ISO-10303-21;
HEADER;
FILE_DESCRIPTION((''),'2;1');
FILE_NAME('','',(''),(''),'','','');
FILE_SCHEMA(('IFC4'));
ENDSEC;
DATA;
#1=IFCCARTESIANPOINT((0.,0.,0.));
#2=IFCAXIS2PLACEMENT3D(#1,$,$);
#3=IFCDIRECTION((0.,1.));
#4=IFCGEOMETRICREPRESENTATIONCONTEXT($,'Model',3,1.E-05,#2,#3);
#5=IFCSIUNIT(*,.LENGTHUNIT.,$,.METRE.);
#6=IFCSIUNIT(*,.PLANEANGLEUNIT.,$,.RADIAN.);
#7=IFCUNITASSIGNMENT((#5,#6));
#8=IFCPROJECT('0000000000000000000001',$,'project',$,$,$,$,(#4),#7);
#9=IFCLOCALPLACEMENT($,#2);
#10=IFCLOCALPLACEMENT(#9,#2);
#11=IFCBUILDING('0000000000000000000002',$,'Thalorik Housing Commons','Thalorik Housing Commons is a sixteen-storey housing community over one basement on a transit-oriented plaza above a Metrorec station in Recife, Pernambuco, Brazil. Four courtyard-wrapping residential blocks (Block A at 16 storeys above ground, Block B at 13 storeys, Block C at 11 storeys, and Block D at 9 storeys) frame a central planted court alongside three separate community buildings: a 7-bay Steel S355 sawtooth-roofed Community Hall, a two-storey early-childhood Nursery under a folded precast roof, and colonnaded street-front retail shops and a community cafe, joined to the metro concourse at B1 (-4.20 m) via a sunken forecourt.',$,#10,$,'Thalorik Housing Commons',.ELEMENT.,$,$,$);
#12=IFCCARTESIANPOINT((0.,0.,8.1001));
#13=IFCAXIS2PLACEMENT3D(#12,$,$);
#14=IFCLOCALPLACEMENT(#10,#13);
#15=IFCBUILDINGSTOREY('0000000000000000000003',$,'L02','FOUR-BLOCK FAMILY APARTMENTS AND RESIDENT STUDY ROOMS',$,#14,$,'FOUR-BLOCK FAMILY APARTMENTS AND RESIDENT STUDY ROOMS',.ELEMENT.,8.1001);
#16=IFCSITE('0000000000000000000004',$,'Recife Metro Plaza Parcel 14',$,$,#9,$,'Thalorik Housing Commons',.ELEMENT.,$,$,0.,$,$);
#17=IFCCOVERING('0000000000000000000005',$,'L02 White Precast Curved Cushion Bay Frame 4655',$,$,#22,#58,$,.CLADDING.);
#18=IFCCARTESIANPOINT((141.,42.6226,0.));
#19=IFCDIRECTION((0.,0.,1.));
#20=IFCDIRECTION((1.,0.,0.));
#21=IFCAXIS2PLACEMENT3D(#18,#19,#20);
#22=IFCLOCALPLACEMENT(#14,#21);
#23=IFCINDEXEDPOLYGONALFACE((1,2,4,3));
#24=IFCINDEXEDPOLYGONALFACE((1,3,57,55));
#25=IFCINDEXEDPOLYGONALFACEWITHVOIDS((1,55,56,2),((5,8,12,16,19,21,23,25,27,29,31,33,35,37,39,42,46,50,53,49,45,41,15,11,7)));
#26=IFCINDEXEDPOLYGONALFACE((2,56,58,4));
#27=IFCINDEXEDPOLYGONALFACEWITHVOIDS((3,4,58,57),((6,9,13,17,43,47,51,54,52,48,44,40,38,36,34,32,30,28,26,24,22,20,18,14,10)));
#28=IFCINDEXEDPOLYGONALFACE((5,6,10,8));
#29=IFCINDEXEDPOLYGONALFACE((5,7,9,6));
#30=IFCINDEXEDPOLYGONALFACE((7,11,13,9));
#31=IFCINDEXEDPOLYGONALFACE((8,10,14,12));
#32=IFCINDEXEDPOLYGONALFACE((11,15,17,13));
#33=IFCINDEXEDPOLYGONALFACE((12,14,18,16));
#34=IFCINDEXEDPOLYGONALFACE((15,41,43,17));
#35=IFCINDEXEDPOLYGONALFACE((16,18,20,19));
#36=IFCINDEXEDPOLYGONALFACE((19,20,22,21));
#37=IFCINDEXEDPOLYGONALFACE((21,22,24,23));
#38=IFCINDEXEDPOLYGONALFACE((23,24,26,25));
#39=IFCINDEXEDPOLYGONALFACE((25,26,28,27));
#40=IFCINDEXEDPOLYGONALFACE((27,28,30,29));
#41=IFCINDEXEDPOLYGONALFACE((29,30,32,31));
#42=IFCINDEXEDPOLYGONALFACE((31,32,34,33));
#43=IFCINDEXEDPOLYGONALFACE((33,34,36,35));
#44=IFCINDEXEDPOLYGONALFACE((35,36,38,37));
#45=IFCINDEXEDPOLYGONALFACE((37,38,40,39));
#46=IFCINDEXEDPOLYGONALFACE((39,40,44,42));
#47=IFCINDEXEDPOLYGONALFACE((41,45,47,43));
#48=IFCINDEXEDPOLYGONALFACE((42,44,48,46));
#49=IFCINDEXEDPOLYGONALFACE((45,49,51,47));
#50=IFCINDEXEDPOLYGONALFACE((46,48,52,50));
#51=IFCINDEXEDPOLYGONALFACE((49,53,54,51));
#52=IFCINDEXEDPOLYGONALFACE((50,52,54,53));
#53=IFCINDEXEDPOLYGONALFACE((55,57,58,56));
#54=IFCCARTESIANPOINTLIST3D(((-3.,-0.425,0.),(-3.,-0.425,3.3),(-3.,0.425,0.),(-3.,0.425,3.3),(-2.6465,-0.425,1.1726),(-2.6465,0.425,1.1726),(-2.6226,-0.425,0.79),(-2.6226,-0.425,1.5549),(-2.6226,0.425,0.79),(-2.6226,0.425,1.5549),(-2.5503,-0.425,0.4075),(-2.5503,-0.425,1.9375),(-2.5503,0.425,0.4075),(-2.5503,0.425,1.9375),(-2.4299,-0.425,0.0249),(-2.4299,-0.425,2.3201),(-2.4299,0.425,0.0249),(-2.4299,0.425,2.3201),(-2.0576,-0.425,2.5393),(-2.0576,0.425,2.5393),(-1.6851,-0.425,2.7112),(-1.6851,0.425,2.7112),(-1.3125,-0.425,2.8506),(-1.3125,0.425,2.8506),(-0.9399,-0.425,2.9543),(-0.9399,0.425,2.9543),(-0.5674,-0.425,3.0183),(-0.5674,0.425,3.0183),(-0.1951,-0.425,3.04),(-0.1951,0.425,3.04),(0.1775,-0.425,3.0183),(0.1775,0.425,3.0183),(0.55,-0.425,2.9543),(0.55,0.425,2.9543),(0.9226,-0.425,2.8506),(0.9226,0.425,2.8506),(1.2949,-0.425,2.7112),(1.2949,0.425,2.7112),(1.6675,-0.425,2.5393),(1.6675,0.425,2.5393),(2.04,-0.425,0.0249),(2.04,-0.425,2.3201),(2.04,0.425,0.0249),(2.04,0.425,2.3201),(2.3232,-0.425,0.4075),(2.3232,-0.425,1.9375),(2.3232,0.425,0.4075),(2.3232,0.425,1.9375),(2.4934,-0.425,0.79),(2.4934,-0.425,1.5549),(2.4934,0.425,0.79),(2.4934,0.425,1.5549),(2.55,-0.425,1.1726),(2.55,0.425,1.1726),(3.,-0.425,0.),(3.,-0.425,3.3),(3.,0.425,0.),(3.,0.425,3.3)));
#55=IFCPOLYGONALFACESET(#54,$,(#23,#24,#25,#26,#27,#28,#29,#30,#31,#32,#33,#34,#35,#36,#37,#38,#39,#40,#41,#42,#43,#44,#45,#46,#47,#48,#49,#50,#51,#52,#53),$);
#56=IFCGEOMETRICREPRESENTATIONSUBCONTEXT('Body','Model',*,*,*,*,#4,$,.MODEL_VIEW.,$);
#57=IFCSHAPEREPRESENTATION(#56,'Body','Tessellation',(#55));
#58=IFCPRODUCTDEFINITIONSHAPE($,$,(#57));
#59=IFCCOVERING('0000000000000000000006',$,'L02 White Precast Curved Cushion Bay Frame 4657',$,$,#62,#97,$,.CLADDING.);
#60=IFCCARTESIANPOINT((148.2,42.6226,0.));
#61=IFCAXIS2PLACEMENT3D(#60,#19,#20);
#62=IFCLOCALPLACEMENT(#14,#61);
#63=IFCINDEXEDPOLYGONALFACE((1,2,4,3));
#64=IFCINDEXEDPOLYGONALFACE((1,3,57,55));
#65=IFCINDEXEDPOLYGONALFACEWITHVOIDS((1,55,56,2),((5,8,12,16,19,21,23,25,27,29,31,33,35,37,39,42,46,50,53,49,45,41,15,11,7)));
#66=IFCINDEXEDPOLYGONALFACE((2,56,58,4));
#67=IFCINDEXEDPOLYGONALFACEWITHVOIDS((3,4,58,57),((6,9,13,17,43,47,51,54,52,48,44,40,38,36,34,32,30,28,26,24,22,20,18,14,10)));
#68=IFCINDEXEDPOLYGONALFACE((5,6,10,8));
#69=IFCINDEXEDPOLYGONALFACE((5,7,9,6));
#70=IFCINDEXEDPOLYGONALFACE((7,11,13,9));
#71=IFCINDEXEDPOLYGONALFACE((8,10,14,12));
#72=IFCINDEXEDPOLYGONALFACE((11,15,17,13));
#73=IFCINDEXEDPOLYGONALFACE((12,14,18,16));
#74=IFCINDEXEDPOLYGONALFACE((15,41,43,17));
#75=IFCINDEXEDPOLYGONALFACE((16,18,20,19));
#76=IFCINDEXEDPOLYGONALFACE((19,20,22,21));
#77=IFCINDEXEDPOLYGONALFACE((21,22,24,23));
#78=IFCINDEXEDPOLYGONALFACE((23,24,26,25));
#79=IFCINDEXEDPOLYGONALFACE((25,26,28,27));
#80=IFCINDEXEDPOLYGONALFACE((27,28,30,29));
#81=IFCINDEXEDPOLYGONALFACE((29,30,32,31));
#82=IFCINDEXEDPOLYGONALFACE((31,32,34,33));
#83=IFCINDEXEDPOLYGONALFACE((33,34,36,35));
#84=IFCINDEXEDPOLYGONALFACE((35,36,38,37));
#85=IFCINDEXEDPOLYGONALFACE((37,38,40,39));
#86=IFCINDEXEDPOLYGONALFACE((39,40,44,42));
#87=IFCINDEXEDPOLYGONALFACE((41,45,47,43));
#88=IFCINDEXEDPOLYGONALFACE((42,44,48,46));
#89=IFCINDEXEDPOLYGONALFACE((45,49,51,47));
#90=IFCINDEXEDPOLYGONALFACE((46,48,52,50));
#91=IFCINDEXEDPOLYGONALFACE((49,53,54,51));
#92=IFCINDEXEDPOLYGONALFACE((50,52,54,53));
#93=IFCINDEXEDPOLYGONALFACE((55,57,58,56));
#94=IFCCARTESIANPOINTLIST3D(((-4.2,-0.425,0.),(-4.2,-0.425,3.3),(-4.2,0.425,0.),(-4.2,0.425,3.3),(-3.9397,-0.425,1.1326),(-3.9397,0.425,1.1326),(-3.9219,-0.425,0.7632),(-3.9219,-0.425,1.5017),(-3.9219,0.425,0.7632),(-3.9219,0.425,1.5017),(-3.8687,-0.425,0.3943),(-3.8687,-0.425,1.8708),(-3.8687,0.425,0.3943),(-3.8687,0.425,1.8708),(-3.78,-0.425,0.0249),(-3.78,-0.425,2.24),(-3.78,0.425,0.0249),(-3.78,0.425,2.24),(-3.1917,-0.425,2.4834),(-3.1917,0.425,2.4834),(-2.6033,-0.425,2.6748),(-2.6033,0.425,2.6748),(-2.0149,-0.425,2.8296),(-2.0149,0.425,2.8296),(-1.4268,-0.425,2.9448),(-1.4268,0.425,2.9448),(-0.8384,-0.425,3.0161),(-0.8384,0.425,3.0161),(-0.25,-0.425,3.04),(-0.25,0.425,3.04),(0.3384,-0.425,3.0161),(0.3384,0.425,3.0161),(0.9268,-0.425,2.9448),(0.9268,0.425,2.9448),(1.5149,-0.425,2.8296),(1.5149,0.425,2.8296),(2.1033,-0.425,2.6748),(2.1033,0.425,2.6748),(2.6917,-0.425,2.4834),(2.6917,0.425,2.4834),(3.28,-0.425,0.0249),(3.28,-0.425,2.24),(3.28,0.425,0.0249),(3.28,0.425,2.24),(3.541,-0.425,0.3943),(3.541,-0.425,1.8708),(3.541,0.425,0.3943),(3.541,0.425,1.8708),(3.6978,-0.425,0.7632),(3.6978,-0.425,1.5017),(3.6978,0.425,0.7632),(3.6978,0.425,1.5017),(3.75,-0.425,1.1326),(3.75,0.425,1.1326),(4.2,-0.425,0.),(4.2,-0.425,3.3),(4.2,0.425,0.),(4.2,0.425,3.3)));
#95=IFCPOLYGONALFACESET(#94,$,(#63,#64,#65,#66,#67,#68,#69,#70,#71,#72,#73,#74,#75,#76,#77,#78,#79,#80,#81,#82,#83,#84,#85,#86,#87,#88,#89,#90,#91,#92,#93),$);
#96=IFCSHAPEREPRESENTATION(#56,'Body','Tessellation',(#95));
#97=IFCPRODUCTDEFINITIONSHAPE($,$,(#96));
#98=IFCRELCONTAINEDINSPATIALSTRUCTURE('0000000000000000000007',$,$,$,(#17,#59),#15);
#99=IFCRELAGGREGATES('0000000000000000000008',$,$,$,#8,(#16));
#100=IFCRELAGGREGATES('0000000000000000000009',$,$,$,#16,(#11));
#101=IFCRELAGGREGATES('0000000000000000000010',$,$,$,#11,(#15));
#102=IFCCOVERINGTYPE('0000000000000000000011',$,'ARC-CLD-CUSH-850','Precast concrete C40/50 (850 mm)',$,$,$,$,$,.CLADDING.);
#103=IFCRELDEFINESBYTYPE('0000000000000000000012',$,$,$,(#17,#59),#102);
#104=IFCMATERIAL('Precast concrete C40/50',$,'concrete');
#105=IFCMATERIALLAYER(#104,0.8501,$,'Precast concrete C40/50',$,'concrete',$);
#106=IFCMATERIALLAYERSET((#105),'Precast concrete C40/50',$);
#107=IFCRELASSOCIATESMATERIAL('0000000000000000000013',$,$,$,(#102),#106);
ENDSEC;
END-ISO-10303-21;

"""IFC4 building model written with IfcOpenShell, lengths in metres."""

from ifc_helpers import new_model, si_unit, direction, frame, origin, place, context, subcontext, project, spatial, polyline, outline, extrude, material, layer, layer_set, type_object, element, save


model = new_model("IFC4")

# Units and contexts
model_context = context("Model", 3, precision=1e-05, world=origin(), true_north=direction((0.0, 1.0)))
body_context = subcontext(model_context, "Body", "Model", "MODEL_VIEW")
ifc_project = project(units=[si_unit("LENGTHUNIT", "METRE"), si_unit("PLANEANGLEUNIT", "RADIAN")], contexts=[model_context])

# Site, building, storey
site_placement = place(None, origin())
site = spatial("IfcSite", under=ifc_project, at=site_placement, Name="Recife Metro Plaza Parcel 14", LongName="Thalorik Housing Commons", CompositionType="ELEMENT", RefElevation=0.0)
building_placement = place(site_placement, origin())
building = spatial("IfcBuilding", under=site, at=building_placement, Name="Thalorik Housing Commons", Description="Thalorik Housing Commons is a sixteen-storey housing community over one basement on a transit-oriented plaza above a Metrorec station in Recife, Pernambuco, Brazil. Four courtyard-wrapping residential blocks (Block A at 16 storeys above ground, Block B at 13 storeys, Block C at 11 storeys, and Block D at 9 storeys) frame a central planted court alongside three separate community buildings: a 7-bay Steel S355 sawtooth-roofed Community Hall, a two-storey early-childhood Nursery under a folded precast roof, and colonnaded street-front retail shops and a community cafe, joined to the metro concourse at B1 (-4.20 m) via a sunken forecourt.", LongName="Thalorik Housing Commons", CompositionType="ELEMENT")
storey_placement = place(building_placement, frame((0.0, 0.0, 8.1001)))
storey = spatial("IfcBuildingStorey", under=building, at=storey_placement, Name="L02", Description="FOUR-BLOCK FAMILY APARTMENTS AND RESIDENT STUDY ROOMS", LongName="FOUR-BLOCK FAMILY APARTMENTS AND RESIDENT STUDY ROOMS", CompositionType="ELEMENT", Elevation=8.1001)

# Shared definitions
ifc_material_1 = material(Name="Precast concrete C40/50", Category="concrete")

# Coverings
ifc_layer_1 = layer(ifc_material_1, 0.8501, Name="Precast concrete C40/50", Category="concrete")
ifc_layer_set_1 = layer_set([ifc_layer_1], Name="Precast concrete C40/50")
covering_type_1 = type_object("IfcCoveringType", Name="ARC-CLD-CUSH-850", Description="Precast concrete C40/50 (850 mm)", PredefinedType="CLADDING", material=ifc_layer_set_1)
covering_1_placement = place(storey_placement, frame((141.0, 42.6226, 0.0), z_axis=(0.0, 0.0, 1.0), x_axis=(1.0, 0.0, 0.0)))
element("IfcCovering", 1, at=covering_1_placement, inside=storey, type_object=covering_type_1, Name="L02 White Precast Curved Cushion Bay Frame 4655", PredefinedType="CLADDING", context=body_context, shape_type="SweptSolid", body=[
    extrude(outline(polyline([(-3.0, 0.0), (3.0, 0.0), (3.0, 3.3), (-3.0, 3.3), (-3.0, 0.0)]), holes=[polyline([(2.04, 0.0249), (2.3232, 0.4075), (2.4934, 0.79), (2.55, 1.1726), (2.4934, 1.5549), (2.3232, 1.9375), (2.04, 2.3201), (1.6675, 2.5393), (1.2949, 2.7112), (0.9226, 2.8506), (0.55, 2.9543), (0.1775, 3.0183), (-0.1951, 3.04), (-0.5674, 3.0183), (-0.9399, 2.9543), (-1.3125, 2.8506), (-1.6851, 2.7112), (-2.0576, 2.5393), (-2.4299, 2.3201), (-2.5503, 1.9375), (-2.6226, 1.5549), (-2.6465, 1.1726), (-2.6226, 0.79), (-2.5503, 0.4075), (-2.4299, 0.0249), (2.04, 0.0249)])]), frame((0.0, 0.425, 0.0), z_axis=(0.0, -1.0, 0.0), x_axis=(1.0, 0.0, 0.0)), (0.0, 0.0, 1.0), 0.8501),
])
covering_2_placement = place(storey_placement, frame((148.2, 42.6226, 0.0), z_axis=(0.0, 0.0, 1.0), x_axis=(1.0, 0.0, 0.0)))
element("IfcCovering", 2, at=covering_2_placement, inside=storey, type_object=covering_type_1, Name="L02 White Precast Curved Cushion Bay Frame 4657", PredefinedType="CLADDING", context=body_context, shape_type="SweptSolid", body=[
    extrude(outline(polyline([(-4.2, 0.0), (4.2, 0.0), (4.2, 3.3), (-4.2, 3.3), (-4.2, 0.0)]), holes=[polyline([(3.28, 0.0249), (3.541, 0.3943), (3.6978, 0.7632), (3.75, 1.1326), (3.6978, 1.5017), (3.541, 1.8708), (3.28, 2.24), (2.6917, 2.4834), (2.1033, 2.6748), (1.5149, 2.8296), (0.9268, 2.9448), (0.3384, 3.0161), (-0.25, 3.04), (-0.8384, 3.0161), (-1.4268, 2.9448), (-2.0149, 2.8296), (-2.6033, 2.6748), (-3.1917, 2.4834), (-3.78, 2.24), (-3.8687, 1.8708), (-3.9219, 1.5017), (-3.9397, 1.1326), (-3.9219, 0.7632), (-3.8687, 0.3943), (-3.78, 0.0249), (3.28, 0.0249)])]), frame((0.0, 0.425, 0.0), z_axis=(0.0, -1.0, 0.0), x_axis=(1.0, 0.0, 0.0)), (0.0, 0.0, 1.0), 0.8501),
])

save(model, "model.ifc")
